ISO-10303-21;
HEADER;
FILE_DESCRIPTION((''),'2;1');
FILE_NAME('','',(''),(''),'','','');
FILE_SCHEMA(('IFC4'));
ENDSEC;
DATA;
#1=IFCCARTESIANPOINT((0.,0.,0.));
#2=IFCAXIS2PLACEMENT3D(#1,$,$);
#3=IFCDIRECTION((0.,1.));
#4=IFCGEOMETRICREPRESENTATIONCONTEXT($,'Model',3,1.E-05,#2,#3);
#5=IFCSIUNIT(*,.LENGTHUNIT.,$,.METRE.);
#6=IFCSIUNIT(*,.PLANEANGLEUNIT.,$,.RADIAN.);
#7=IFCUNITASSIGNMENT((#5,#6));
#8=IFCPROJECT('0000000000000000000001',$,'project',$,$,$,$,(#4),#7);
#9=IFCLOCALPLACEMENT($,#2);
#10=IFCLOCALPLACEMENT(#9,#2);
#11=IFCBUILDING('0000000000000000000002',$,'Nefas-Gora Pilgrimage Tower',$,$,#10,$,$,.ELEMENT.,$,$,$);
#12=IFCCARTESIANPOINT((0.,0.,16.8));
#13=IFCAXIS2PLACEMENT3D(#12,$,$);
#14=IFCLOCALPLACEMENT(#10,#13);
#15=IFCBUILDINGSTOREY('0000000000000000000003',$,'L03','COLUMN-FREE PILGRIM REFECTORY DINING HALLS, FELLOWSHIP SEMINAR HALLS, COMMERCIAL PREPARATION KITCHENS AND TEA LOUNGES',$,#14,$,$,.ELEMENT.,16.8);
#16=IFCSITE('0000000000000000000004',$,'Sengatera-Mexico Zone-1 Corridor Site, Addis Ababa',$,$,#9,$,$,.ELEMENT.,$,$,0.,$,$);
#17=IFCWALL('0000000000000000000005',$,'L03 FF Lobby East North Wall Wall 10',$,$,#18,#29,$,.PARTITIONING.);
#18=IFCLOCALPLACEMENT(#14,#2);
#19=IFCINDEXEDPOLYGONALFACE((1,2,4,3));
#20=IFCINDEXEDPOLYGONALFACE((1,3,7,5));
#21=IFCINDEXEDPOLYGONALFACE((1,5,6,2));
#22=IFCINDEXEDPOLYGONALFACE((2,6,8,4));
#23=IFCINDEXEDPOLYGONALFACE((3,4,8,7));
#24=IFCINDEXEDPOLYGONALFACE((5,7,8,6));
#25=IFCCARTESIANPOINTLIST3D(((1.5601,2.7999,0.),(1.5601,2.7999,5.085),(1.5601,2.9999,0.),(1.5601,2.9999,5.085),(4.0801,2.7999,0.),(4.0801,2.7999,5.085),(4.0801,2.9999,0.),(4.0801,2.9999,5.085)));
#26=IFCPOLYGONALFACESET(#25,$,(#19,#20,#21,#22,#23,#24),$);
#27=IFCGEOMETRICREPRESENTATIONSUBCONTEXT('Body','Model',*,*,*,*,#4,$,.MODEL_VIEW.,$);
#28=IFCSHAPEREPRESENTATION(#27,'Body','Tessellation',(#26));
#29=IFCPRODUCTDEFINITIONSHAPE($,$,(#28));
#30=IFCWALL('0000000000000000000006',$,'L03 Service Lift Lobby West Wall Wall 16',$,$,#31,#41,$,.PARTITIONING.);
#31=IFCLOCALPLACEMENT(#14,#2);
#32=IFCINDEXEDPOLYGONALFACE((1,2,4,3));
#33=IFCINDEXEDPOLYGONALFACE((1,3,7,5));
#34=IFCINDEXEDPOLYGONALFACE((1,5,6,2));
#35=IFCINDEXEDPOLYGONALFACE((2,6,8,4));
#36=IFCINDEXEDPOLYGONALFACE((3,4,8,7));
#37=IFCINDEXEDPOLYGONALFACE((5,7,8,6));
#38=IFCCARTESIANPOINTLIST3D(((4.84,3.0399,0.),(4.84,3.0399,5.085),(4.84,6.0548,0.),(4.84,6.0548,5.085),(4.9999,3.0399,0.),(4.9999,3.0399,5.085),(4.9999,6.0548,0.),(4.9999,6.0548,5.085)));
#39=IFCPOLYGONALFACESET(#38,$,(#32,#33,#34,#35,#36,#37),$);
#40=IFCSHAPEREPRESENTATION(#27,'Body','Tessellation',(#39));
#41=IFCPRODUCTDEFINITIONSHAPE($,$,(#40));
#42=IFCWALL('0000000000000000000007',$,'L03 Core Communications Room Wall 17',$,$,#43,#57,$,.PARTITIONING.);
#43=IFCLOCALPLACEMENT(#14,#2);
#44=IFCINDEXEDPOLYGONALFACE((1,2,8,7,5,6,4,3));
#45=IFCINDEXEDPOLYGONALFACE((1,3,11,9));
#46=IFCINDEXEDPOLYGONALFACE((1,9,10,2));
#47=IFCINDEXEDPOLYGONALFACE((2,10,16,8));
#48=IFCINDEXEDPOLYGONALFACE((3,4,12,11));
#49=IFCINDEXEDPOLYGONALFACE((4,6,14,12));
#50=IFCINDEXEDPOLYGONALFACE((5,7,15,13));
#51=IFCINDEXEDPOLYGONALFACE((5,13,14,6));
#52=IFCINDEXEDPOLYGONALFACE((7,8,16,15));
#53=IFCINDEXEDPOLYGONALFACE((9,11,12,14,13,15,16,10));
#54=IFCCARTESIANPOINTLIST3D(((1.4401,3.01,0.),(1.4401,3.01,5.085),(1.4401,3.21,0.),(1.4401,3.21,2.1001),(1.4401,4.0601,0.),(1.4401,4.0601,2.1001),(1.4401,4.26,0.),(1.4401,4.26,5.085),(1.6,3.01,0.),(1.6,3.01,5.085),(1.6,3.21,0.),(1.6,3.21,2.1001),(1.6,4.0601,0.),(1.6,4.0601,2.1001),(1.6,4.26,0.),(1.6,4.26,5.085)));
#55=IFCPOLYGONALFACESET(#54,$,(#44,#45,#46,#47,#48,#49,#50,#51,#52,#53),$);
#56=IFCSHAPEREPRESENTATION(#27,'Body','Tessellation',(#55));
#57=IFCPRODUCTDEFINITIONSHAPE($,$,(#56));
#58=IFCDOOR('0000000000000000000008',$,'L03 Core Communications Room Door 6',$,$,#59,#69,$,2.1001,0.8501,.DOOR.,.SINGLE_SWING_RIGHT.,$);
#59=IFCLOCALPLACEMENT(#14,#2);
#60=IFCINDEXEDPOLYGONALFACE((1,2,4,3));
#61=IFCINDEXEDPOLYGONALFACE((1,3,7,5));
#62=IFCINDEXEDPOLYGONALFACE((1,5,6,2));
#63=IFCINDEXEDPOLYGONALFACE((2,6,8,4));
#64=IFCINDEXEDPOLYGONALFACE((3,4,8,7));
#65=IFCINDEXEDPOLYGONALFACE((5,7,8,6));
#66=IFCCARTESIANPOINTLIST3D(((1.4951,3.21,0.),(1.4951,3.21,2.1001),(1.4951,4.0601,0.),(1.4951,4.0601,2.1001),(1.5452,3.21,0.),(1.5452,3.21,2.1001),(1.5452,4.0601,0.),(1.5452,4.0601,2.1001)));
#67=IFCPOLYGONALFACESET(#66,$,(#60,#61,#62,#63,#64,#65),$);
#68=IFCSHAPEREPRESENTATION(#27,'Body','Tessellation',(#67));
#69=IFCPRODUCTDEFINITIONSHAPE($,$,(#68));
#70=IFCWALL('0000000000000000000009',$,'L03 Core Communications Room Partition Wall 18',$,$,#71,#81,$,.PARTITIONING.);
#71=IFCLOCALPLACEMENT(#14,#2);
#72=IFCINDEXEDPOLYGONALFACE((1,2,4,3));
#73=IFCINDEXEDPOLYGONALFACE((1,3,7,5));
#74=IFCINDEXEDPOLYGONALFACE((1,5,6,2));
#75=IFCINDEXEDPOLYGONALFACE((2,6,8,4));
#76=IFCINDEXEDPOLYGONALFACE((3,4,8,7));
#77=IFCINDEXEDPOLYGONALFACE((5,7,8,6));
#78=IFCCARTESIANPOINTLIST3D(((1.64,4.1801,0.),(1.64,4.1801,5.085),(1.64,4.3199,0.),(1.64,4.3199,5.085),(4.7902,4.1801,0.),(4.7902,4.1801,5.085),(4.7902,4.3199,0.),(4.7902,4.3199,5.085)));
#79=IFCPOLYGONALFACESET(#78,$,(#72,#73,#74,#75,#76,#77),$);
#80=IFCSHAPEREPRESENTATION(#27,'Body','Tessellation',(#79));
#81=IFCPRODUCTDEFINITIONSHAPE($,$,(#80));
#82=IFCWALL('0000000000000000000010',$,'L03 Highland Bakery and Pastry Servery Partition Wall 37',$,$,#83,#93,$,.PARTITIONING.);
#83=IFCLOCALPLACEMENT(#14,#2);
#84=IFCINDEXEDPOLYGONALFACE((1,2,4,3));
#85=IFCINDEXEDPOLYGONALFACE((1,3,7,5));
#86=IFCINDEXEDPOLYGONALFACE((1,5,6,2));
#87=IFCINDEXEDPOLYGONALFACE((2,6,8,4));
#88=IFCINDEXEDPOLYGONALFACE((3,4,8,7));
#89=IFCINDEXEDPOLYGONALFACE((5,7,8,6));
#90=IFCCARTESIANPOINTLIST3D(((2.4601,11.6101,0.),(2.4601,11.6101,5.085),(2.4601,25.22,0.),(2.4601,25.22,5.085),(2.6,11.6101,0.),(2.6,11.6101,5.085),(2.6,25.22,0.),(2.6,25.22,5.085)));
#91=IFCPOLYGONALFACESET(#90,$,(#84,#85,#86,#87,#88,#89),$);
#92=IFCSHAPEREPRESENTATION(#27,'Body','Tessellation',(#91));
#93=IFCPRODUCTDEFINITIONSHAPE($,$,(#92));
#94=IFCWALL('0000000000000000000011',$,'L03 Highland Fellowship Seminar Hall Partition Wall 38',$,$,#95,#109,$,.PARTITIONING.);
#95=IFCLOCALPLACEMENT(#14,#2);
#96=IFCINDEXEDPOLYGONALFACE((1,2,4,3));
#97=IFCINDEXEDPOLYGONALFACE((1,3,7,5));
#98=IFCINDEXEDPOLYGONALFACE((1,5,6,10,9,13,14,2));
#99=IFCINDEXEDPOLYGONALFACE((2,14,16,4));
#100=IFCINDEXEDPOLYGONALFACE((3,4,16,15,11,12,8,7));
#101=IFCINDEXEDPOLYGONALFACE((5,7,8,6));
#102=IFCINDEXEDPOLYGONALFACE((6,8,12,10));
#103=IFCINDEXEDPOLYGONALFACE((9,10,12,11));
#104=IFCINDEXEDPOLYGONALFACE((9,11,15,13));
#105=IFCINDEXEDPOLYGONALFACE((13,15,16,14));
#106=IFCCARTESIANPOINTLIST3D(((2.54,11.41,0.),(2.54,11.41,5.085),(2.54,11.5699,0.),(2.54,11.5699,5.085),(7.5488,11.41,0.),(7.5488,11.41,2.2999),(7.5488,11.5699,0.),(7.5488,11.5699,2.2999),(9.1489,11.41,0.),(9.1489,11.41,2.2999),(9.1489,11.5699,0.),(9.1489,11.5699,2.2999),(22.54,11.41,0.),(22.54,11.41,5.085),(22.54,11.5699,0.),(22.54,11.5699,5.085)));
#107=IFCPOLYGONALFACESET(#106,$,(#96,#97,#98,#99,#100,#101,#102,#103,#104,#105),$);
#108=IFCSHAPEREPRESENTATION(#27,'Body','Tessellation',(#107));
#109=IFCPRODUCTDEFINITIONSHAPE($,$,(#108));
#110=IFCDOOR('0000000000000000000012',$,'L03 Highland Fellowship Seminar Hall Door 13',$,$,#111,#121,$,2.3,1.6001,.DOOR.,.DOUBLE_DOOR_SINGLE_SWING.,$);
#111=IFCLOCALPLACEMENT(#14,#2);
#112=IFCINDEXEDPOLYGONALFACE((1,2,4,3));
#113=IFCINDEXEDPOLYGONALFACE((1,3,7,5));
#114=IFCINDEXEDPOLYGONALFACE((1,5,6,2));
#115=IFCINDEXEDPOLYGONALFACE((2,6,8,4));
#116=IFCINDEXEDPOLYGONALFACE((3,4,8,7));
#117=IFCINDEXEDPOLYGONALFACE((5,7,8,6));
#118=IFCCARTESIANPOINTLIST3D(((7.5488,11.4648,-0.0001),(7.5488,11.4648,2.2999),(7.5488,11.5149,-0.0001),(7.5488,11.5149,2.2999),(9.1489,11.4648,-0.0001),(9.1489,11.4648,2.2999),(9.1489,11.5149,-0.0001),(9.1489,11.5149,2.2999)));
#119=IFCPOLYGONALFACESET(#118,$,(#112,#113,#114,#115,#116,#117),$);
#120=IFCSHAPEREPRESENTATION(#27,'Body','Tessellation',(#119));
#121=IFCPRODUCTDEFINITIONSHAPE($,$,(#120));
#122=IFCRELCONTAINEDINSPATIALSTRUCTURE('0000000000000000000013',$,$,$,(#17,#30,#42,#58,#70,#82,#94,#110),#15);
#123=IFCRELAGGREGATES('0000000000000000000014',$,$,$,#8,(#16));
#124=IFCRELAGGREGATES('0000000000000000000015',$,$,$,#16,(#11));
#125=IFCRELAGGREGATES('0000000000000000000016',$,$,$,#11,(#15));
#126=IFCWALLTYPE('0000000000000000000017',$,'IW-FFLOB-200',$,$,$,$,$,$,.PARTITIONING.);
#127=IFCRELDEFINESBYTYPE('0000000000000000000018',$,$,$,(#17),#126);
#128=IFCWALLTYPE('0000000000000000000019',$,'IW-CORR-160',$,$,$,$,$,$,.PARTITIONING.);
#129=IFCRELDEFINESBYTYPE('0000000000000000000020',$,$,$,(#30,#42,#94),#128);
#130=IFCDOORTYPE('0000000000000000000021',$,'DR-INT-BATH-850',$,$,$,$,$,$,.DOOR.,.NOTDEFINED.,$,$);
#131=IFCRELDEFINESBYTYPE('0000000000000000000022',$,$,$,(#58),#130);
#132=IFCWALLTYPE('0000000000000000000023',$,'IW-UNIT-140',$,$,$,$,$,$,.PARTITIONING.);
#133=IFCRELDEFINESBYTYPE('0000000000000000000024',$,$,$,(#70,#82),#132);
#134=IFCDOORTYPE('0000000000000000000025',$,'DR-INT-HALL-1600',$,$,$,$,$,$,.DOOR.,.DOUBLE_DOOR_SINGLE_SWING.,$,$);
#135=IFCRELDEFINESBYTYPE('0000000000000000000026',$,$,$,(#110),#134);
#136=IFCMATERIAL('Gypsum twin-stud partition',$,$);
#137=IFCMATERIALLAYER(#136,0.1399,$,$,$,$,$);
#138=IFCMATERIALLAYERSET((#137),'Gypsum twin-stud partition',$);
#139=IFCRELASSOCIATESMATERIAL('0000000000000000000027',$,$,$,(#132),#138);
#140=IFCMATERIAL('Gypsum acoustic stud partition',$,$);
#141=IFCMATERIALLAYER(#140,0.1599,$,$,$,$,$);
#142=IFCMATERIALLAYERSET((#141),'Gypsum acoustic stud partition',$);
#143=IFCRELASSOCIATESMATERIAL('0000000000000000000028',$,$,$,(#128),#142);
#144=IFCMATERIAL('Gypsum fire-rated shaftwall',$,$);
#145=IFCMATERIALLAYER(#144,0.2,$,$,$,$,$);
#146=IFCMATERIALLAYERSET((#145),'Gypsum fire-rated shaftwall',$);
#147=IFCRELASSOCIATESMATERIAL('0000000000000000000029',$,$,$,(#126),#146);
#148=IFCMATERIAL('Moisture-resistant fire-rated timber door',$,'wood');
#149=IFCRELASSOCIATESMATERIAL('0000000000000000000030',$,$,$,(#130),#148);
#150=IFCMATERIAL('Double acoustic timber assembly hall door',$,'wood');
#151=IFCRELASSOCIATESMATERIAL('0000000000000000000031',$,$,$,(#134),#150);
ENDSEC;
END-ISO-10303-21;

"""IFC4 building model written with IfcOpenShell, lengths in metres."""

from ifc_helpers import new_model, si_unit, direction, frame, frame_2d, origin, place, context, subcontext, project, spatial, rectangle, extrude, source, transform, mapped, material, layer, layer_set, type_object, element, fill, save


model = new_model("IFC4")

# Units and contexts
model_context = context("Model", 3, precision=1e-05, world=origin(), true_north=direction((0.0, 1.0)))
body_context = subcontext(model_context, "Body", "Model", "MODEL_VIEW")
ifc_project = project(units=[si_unit("LENGTHUNIT", "METRE"), si_unit("PLANEANGLEUNIT", "RADIAN")], contexts=[model_context])

# Site, building, storey
site_placement = place(None, origin())
site = spatial("IfcSite", under=ifc_project, at=site_placement, Name="Sengatera-Mexico Zone-1 Corridor Site, Addis Ababa", CompositionType="ELEMENT", RefElevation=0.0)
building_placement = place(site_placement, origin())
building = spatial("IfcBuilding", under=site, at=building_placement, Name="Nefas-Gora Pilgrimage Tower", CompositionType="ELEMENT")
storey_placement = place(building_placement, frame((0.0, 0.0, 16.8)))
storey = spatial("IfcBuildingStorey", under=building, at=storey_placement, Name="L03", Description="COLUMN-FREE PILGRIM REFECTORY DINING HALLS, FELLOWSHIP SEMINAR HALLS, COMMERCIAL PREPARATION KITCHENS AND TEA LOUNGES", CompositionType="ELEMENT", Elevation=16.8)

# Wall
ifc_material_1 = material(Name="Gypsum twin-stud partition")
ifc_layer_1 = layer(ifc_material_1, 0.1399)
ifc_layer_set_1 = layer_set([ifc_layer_1], Name="Gypsum twin-stud partition")
wall_type_1 = type_object("IfcWallType", Name="IW-UNIT-140", PredefinedType="PARTITIONING", material=ifc_layer_set_1)
ifc_material_2 = material(Name="Gypsum acoustic stud partition")
ifc_layer_2 = layer(ifc_material_2, 0.1599)
ifc_layer_set_2 = layer_set([ifc_layer_2], Name="Gypsum acoustic stud partition")
wall_type_2 = type_object("IfcWallType", Name="IW-CORR-160", PredefinedType="PARTITIONING", material=ifc_layer_set_2)
ifc_material_3 = material(Name="Gypsum fire-rated shaftwall")
ifc_layer_3 = layer(ifc_material_3, 0.2)
ifc_layer_set_3 = layer_set([ifc_layer_3], Name="Gypsum fire-rated shaftwall")
wall_type_3 = type_object("IfcWallType", Name="IW-FFLOB-200", PredefinedType="PARTITIONING", material=ifc_layer_set_3)
shared_shape_1 = source(origin(), body_context, "Body", "SweptSolid", [
    extrude(rectangle(XDim=2.52, YDim=0.2, at=frame_2d((1.26, 0.0))), origin(), (0.0, 0.0, 1.0), 5.085),
])
wall_1_placement = place(storey_placement, frame((1.5601, 2.8999, 0.0), z_axis=(0.0, 0.0, 1.0), x_axis=(1.0, 0.0, 0.0)))
element("IfcWall", 1, at=wall_1_placement, inside=storey, type_object=wall_type_3, Name="L03 FF Lobby East North Wall Wall 10", PredefinedType="PARTITIONING", context=body_context, shape_type="MappedRepresentation", body=[
    mapped(shared_shape_1, transform((0.0, 0.0, 0.0), x_axis=(1.0, 0.0, 0.0), y_axis=(0.0, 1.0, 0.0), z_axis=(0.0, 0.0, 1.0), scale=1.0)),
])

# Wall
shared_shape_2 = source(origin(), body_context, "Body", "SweptSolid", [
    extrude(rectangle(XDim=3.0149, YDim=0.1599, at=frame_2d((1.5073, 0.0))), origin(), (0.0, 0.0, 1.0), 5.085),
])
wall_2_placement = place(storey_placement, frame((4.9199, 3.04, 0.0), z_axis=(0.0, 0.0, 1.0), x_axis=(0.0, 1.0, 0.0)))
element("IfcWall", 2, at=wall_2_placement, inside=storey, type_object=wall_type_2, Name="L03 Service Lift Lobby West Wall Wall 16", PredefinedType="PARTITIONING", context=body_context, shape_type="MappedRepresentation", body=[
    mapped(shared_shape_2, transform((0.0, 0.0, 0.0), x_axis=(1.0, 0.0, 0.0), y_axis=(0.0, 1.0, 0.0), z_axis=(0.0, 0.0, 1.0), scale=1.0)),
])

# Wall, opening, door
shared_shape_3 = source(origin(), body_context, "Body", "SweptSolid", [
    extrude(rectangle(XDim=1.25, YDim=0.1599, at=frame_2d((0.625, 0.0))), origin(), (0.0, 0.0, 1.0), 5.085),
])
wall_3_placement = place(storey_placement, frame((1.52, 3.01, 0.0), z_axis=(0.0, 0.0, 1.0), x_axis=(0.0, 1.0, 0.0)))
wall_3 = element("IfcWall", 3, at=wall_3_placement, inside=storey, type_object=wall_type_2, Name="L03 Core Communications Room Wall 17", PredefinedType="PARTITIONING", context=body_context, shape_type="MappedRepresentation", body=[
    mapped(shared_shape_3, transform((0.0, 0.0, 0.0), x_axis=(1.0, 0.0, 0.0), y_axis=(0.0, 1.0, 0.0), z_axis=(0.0, 0.0, 1.0), scale=1.0)),
])
opening_1_placement = place(wall_3_placement, frame((0.2, 0.0, 0.0)))
opening_1 = element("IfcOpeningElement", 4, at=opening_1_placement, cuts=wall_3, PredefinedType="OPENING", context=body_context, shape_type="SweptSolid", body=[
    extrude(rectangle(XDim=0.8501, YDim=2.1001, at=frame_2d((0.425, 1.05))), frame((0.0, 0.0898, 0.0), z_axis=(0.0, -1.0, 0.0), x_axis=(1.0, 0.0, 0.0)), (0.0, 0.0, 1.0), 0.1799),
])
ifc_material_4 = material(Name="Moisture-resistant fire-rated timber door", Category="wood")
door_type_1 = type_object("IfcDoorType", Name="DR-INT-BATH-850", OperationType="NOTDEFINED", PredefinedType="DOOR", material=ifc_material_4)
shared_shape_4 = source(origin(), body_context, "Body", "SweptSolid", [
    extrude(rectangle(XDim=0.8501, YDim=2.1001, at=frame_2d((0.425, 1.05))), frame((0.0, 0.0249, 0.0), z_axis=(0.0, -1.0, 0.0), x_axis=(1.0, 0.0, 0.0)), (0.0, 0.0, 1.0), 0.05),
])
door_1_placement = place(opening_1_placement, origin())
door_1 = element("IfcDoor", 5, at=door_1_placement, inside=storey, type_object=door_type_1, Name="L03 Core Communications Room Door 6", OperationType="SINGLE_SWING_RIGHT", OverallHeight=2.1001, OverallWidth=0.8501, PredefinedType="DOOR", context=body_context, shape_type="MappedRepresentation", body=[
    mapped(shared_shape_4, transform((0.0, 0.0, 0.0), x_axis=(1.0, 0.0, 0.0), y_axis=(0.0, 1.0, 0.0), z_axis=(0.0, 0.0, 1.0), scale=1.0)),
])
fill(opening_1, door_1)

# Walls
shared_shape_5 = source(origin(), body_context, "Body", "SweptSolid", [
    extrude(rectangle(XDim=3.1501, YDim=0.1399, at=frame_2d((1.5752, 0.0))), origin(), (0.0, 0.0, 1.0), 5.085),
])
wall_4_placement = place(storey_placement, frame((1.6399, 4.25, 0.0), z_axis=(0.0, 0.0, 1.0), x_axis=(1.0, 0.0, 0.0)))
element("IfcWall", 6, at=wall_4_placement, inside=storey, type_object=wall_type_1, Name="L03 Core Communications Room Partition Wall 18", PredefinedType="PARTITIONING", context=body_context, shape_type="MappedRepresentation", body=[
    mapped(shared_shape_5, transform((0.0, 0.0, 0.0), x_axis=(1.0, 0.0, 0.0), y_axis=(0.0, 1.0, 0.0), z_axis=(0.0, 0.0, 1.0), scale=1.0)),
])
shared_shape_6 = source(origin(), body_context, "Body", "SweptSolid", [
    extrude(rectangle(XDim=13.6099, YDim=0.1399, at=frame_2d((6.8049, 0.0))), origin(), (0.0, 0.0, 1.0), 5.085),
])
wall_5_placement = place(storey_placement, frame((2.53, 11.6101, 0.0), z_axis=(0.0, 0.0, 1.0), x_axis=(0.0, 1.0, 0.0)))
element("IfcWall", 7, at=wall_5_placement, inside=storey, type_object=wall_type_1, Name="L03 Highland Bakery and Pastry Servery Partition Wall 37", PredefinedType="PARTITIONING", context=body_context, shape_type="MappedRepresentation", body=[
    mapped(shared_shape_6, transform((0.0, 0.0, 0.0), x_axis=(1.0, 0.0, 0.0), y_axis=(0.0, 1.0, 0.0), z_axis=(0.0, 0.0, 1.0), scale=1.0)),
])

# Wall, opening, door
shared_shape_7 = source(origin(), body_context, "Body", "SweptSolid", [
    extrude(rectangle(XDim=20.0, YDim=0.1599, at=frame_2d((10.0, 0.0))), origin(), (0.0, 0.0, 1.0), 5.085),
])
wall_6_placement = place(storey_placement, frame((2.54, 11.49, 0.0), z_axis=(0.0, 0.0, 1.0), x_axis=(1.0, 0.0, 0.0)))
wall_6 = element("IfcWall", 8, at=wall_6_placement, inside=storey, type_object=wall_type_2, Name="L03 Highland Fellowship Seminar Hall Partition Wall 38", PredefinedType="PARTITIONING", context=body_context, shape_type="MappedRepresentation", body=[
    mapped(shared_shape_7, transform((0.0, 0.0, 0.0), x_axis=(1.0, 0.0, 0.0), y_axis=(0.0, 1.0, 0.0), z_axis=(0.0, 0.0, 1.0), scale=1.0)),
])
opening_2_placement = place(wall_6_placement, frame((5.0088, 0.0, 0.0)))
opening_2 = element("IfcOpeningElement", 9, at=opening_2_placement, cuts=wall_6, PredefinedType="OPENING", context=body_context, shape_type="SweptSolid", body=[
    extrude(rectangle(XDim=1.6001, YDim=2.3, at=frame_2d((0.8, 1.1499))), frame((0.0, 0.0898, 0.0), z_axis=(0.0, -1.0, 0.0), x_axis=(1.0, 0.0, 0.0)), (0.0, 0.0, 1.0), 0.1799),
])
ifc_material_5 = material(Name="Double acoustic timber assembly hall door", Category="wood")
door_type_2 = type_object("IfcDoorType", Name="DR-INT-HALL-1600", OperationType="DOUBLE_DOOR_SINGLE_SWING", PredefinedType="DOOR", material=ifc_material_5)
shared_shape_8 = source(origin(), body_context, "Body", "SweptSolid", [
    extrude(rectangle(XDim=1.6001, YDim=2.3, at=frame_2d((0.8, 1.1499))), frame((0.0, 0.0249, 0.0), z_axis=(0.0, -1.0, 0.0), x_axis=(1.0, 0.0, 0.0)), (0.0, 0.0, 1.0), 0.05),
])
door_2_placement = place(opening_2_placement, origin())
door_2 = element("IfcDoor", 10, at=door_2_placement, inside=storey, type_object=door_type_2, Name="L03 Highland Fellowship Seminar Hall Door 13", OperationType="DOUBLE_DOOR_SINGLE_SWING", OverallHeight=2.3, OverallWidth=1.6001, PredefinedType="DOOR", context=body_context, shape_type="MappedRepresentation", body=[
    mapped(shared_shape_8, transform((0.0, 0.0, 0.0), x_axis=(1.0, 0.0, 0.0), y_axis=(0.0, 1.0, 0.0), z_axis=(0.0, 0.0, 1.0), scale=1.0)),
])
fill(opening_2, door_2)

save(model, "model.ifc")
